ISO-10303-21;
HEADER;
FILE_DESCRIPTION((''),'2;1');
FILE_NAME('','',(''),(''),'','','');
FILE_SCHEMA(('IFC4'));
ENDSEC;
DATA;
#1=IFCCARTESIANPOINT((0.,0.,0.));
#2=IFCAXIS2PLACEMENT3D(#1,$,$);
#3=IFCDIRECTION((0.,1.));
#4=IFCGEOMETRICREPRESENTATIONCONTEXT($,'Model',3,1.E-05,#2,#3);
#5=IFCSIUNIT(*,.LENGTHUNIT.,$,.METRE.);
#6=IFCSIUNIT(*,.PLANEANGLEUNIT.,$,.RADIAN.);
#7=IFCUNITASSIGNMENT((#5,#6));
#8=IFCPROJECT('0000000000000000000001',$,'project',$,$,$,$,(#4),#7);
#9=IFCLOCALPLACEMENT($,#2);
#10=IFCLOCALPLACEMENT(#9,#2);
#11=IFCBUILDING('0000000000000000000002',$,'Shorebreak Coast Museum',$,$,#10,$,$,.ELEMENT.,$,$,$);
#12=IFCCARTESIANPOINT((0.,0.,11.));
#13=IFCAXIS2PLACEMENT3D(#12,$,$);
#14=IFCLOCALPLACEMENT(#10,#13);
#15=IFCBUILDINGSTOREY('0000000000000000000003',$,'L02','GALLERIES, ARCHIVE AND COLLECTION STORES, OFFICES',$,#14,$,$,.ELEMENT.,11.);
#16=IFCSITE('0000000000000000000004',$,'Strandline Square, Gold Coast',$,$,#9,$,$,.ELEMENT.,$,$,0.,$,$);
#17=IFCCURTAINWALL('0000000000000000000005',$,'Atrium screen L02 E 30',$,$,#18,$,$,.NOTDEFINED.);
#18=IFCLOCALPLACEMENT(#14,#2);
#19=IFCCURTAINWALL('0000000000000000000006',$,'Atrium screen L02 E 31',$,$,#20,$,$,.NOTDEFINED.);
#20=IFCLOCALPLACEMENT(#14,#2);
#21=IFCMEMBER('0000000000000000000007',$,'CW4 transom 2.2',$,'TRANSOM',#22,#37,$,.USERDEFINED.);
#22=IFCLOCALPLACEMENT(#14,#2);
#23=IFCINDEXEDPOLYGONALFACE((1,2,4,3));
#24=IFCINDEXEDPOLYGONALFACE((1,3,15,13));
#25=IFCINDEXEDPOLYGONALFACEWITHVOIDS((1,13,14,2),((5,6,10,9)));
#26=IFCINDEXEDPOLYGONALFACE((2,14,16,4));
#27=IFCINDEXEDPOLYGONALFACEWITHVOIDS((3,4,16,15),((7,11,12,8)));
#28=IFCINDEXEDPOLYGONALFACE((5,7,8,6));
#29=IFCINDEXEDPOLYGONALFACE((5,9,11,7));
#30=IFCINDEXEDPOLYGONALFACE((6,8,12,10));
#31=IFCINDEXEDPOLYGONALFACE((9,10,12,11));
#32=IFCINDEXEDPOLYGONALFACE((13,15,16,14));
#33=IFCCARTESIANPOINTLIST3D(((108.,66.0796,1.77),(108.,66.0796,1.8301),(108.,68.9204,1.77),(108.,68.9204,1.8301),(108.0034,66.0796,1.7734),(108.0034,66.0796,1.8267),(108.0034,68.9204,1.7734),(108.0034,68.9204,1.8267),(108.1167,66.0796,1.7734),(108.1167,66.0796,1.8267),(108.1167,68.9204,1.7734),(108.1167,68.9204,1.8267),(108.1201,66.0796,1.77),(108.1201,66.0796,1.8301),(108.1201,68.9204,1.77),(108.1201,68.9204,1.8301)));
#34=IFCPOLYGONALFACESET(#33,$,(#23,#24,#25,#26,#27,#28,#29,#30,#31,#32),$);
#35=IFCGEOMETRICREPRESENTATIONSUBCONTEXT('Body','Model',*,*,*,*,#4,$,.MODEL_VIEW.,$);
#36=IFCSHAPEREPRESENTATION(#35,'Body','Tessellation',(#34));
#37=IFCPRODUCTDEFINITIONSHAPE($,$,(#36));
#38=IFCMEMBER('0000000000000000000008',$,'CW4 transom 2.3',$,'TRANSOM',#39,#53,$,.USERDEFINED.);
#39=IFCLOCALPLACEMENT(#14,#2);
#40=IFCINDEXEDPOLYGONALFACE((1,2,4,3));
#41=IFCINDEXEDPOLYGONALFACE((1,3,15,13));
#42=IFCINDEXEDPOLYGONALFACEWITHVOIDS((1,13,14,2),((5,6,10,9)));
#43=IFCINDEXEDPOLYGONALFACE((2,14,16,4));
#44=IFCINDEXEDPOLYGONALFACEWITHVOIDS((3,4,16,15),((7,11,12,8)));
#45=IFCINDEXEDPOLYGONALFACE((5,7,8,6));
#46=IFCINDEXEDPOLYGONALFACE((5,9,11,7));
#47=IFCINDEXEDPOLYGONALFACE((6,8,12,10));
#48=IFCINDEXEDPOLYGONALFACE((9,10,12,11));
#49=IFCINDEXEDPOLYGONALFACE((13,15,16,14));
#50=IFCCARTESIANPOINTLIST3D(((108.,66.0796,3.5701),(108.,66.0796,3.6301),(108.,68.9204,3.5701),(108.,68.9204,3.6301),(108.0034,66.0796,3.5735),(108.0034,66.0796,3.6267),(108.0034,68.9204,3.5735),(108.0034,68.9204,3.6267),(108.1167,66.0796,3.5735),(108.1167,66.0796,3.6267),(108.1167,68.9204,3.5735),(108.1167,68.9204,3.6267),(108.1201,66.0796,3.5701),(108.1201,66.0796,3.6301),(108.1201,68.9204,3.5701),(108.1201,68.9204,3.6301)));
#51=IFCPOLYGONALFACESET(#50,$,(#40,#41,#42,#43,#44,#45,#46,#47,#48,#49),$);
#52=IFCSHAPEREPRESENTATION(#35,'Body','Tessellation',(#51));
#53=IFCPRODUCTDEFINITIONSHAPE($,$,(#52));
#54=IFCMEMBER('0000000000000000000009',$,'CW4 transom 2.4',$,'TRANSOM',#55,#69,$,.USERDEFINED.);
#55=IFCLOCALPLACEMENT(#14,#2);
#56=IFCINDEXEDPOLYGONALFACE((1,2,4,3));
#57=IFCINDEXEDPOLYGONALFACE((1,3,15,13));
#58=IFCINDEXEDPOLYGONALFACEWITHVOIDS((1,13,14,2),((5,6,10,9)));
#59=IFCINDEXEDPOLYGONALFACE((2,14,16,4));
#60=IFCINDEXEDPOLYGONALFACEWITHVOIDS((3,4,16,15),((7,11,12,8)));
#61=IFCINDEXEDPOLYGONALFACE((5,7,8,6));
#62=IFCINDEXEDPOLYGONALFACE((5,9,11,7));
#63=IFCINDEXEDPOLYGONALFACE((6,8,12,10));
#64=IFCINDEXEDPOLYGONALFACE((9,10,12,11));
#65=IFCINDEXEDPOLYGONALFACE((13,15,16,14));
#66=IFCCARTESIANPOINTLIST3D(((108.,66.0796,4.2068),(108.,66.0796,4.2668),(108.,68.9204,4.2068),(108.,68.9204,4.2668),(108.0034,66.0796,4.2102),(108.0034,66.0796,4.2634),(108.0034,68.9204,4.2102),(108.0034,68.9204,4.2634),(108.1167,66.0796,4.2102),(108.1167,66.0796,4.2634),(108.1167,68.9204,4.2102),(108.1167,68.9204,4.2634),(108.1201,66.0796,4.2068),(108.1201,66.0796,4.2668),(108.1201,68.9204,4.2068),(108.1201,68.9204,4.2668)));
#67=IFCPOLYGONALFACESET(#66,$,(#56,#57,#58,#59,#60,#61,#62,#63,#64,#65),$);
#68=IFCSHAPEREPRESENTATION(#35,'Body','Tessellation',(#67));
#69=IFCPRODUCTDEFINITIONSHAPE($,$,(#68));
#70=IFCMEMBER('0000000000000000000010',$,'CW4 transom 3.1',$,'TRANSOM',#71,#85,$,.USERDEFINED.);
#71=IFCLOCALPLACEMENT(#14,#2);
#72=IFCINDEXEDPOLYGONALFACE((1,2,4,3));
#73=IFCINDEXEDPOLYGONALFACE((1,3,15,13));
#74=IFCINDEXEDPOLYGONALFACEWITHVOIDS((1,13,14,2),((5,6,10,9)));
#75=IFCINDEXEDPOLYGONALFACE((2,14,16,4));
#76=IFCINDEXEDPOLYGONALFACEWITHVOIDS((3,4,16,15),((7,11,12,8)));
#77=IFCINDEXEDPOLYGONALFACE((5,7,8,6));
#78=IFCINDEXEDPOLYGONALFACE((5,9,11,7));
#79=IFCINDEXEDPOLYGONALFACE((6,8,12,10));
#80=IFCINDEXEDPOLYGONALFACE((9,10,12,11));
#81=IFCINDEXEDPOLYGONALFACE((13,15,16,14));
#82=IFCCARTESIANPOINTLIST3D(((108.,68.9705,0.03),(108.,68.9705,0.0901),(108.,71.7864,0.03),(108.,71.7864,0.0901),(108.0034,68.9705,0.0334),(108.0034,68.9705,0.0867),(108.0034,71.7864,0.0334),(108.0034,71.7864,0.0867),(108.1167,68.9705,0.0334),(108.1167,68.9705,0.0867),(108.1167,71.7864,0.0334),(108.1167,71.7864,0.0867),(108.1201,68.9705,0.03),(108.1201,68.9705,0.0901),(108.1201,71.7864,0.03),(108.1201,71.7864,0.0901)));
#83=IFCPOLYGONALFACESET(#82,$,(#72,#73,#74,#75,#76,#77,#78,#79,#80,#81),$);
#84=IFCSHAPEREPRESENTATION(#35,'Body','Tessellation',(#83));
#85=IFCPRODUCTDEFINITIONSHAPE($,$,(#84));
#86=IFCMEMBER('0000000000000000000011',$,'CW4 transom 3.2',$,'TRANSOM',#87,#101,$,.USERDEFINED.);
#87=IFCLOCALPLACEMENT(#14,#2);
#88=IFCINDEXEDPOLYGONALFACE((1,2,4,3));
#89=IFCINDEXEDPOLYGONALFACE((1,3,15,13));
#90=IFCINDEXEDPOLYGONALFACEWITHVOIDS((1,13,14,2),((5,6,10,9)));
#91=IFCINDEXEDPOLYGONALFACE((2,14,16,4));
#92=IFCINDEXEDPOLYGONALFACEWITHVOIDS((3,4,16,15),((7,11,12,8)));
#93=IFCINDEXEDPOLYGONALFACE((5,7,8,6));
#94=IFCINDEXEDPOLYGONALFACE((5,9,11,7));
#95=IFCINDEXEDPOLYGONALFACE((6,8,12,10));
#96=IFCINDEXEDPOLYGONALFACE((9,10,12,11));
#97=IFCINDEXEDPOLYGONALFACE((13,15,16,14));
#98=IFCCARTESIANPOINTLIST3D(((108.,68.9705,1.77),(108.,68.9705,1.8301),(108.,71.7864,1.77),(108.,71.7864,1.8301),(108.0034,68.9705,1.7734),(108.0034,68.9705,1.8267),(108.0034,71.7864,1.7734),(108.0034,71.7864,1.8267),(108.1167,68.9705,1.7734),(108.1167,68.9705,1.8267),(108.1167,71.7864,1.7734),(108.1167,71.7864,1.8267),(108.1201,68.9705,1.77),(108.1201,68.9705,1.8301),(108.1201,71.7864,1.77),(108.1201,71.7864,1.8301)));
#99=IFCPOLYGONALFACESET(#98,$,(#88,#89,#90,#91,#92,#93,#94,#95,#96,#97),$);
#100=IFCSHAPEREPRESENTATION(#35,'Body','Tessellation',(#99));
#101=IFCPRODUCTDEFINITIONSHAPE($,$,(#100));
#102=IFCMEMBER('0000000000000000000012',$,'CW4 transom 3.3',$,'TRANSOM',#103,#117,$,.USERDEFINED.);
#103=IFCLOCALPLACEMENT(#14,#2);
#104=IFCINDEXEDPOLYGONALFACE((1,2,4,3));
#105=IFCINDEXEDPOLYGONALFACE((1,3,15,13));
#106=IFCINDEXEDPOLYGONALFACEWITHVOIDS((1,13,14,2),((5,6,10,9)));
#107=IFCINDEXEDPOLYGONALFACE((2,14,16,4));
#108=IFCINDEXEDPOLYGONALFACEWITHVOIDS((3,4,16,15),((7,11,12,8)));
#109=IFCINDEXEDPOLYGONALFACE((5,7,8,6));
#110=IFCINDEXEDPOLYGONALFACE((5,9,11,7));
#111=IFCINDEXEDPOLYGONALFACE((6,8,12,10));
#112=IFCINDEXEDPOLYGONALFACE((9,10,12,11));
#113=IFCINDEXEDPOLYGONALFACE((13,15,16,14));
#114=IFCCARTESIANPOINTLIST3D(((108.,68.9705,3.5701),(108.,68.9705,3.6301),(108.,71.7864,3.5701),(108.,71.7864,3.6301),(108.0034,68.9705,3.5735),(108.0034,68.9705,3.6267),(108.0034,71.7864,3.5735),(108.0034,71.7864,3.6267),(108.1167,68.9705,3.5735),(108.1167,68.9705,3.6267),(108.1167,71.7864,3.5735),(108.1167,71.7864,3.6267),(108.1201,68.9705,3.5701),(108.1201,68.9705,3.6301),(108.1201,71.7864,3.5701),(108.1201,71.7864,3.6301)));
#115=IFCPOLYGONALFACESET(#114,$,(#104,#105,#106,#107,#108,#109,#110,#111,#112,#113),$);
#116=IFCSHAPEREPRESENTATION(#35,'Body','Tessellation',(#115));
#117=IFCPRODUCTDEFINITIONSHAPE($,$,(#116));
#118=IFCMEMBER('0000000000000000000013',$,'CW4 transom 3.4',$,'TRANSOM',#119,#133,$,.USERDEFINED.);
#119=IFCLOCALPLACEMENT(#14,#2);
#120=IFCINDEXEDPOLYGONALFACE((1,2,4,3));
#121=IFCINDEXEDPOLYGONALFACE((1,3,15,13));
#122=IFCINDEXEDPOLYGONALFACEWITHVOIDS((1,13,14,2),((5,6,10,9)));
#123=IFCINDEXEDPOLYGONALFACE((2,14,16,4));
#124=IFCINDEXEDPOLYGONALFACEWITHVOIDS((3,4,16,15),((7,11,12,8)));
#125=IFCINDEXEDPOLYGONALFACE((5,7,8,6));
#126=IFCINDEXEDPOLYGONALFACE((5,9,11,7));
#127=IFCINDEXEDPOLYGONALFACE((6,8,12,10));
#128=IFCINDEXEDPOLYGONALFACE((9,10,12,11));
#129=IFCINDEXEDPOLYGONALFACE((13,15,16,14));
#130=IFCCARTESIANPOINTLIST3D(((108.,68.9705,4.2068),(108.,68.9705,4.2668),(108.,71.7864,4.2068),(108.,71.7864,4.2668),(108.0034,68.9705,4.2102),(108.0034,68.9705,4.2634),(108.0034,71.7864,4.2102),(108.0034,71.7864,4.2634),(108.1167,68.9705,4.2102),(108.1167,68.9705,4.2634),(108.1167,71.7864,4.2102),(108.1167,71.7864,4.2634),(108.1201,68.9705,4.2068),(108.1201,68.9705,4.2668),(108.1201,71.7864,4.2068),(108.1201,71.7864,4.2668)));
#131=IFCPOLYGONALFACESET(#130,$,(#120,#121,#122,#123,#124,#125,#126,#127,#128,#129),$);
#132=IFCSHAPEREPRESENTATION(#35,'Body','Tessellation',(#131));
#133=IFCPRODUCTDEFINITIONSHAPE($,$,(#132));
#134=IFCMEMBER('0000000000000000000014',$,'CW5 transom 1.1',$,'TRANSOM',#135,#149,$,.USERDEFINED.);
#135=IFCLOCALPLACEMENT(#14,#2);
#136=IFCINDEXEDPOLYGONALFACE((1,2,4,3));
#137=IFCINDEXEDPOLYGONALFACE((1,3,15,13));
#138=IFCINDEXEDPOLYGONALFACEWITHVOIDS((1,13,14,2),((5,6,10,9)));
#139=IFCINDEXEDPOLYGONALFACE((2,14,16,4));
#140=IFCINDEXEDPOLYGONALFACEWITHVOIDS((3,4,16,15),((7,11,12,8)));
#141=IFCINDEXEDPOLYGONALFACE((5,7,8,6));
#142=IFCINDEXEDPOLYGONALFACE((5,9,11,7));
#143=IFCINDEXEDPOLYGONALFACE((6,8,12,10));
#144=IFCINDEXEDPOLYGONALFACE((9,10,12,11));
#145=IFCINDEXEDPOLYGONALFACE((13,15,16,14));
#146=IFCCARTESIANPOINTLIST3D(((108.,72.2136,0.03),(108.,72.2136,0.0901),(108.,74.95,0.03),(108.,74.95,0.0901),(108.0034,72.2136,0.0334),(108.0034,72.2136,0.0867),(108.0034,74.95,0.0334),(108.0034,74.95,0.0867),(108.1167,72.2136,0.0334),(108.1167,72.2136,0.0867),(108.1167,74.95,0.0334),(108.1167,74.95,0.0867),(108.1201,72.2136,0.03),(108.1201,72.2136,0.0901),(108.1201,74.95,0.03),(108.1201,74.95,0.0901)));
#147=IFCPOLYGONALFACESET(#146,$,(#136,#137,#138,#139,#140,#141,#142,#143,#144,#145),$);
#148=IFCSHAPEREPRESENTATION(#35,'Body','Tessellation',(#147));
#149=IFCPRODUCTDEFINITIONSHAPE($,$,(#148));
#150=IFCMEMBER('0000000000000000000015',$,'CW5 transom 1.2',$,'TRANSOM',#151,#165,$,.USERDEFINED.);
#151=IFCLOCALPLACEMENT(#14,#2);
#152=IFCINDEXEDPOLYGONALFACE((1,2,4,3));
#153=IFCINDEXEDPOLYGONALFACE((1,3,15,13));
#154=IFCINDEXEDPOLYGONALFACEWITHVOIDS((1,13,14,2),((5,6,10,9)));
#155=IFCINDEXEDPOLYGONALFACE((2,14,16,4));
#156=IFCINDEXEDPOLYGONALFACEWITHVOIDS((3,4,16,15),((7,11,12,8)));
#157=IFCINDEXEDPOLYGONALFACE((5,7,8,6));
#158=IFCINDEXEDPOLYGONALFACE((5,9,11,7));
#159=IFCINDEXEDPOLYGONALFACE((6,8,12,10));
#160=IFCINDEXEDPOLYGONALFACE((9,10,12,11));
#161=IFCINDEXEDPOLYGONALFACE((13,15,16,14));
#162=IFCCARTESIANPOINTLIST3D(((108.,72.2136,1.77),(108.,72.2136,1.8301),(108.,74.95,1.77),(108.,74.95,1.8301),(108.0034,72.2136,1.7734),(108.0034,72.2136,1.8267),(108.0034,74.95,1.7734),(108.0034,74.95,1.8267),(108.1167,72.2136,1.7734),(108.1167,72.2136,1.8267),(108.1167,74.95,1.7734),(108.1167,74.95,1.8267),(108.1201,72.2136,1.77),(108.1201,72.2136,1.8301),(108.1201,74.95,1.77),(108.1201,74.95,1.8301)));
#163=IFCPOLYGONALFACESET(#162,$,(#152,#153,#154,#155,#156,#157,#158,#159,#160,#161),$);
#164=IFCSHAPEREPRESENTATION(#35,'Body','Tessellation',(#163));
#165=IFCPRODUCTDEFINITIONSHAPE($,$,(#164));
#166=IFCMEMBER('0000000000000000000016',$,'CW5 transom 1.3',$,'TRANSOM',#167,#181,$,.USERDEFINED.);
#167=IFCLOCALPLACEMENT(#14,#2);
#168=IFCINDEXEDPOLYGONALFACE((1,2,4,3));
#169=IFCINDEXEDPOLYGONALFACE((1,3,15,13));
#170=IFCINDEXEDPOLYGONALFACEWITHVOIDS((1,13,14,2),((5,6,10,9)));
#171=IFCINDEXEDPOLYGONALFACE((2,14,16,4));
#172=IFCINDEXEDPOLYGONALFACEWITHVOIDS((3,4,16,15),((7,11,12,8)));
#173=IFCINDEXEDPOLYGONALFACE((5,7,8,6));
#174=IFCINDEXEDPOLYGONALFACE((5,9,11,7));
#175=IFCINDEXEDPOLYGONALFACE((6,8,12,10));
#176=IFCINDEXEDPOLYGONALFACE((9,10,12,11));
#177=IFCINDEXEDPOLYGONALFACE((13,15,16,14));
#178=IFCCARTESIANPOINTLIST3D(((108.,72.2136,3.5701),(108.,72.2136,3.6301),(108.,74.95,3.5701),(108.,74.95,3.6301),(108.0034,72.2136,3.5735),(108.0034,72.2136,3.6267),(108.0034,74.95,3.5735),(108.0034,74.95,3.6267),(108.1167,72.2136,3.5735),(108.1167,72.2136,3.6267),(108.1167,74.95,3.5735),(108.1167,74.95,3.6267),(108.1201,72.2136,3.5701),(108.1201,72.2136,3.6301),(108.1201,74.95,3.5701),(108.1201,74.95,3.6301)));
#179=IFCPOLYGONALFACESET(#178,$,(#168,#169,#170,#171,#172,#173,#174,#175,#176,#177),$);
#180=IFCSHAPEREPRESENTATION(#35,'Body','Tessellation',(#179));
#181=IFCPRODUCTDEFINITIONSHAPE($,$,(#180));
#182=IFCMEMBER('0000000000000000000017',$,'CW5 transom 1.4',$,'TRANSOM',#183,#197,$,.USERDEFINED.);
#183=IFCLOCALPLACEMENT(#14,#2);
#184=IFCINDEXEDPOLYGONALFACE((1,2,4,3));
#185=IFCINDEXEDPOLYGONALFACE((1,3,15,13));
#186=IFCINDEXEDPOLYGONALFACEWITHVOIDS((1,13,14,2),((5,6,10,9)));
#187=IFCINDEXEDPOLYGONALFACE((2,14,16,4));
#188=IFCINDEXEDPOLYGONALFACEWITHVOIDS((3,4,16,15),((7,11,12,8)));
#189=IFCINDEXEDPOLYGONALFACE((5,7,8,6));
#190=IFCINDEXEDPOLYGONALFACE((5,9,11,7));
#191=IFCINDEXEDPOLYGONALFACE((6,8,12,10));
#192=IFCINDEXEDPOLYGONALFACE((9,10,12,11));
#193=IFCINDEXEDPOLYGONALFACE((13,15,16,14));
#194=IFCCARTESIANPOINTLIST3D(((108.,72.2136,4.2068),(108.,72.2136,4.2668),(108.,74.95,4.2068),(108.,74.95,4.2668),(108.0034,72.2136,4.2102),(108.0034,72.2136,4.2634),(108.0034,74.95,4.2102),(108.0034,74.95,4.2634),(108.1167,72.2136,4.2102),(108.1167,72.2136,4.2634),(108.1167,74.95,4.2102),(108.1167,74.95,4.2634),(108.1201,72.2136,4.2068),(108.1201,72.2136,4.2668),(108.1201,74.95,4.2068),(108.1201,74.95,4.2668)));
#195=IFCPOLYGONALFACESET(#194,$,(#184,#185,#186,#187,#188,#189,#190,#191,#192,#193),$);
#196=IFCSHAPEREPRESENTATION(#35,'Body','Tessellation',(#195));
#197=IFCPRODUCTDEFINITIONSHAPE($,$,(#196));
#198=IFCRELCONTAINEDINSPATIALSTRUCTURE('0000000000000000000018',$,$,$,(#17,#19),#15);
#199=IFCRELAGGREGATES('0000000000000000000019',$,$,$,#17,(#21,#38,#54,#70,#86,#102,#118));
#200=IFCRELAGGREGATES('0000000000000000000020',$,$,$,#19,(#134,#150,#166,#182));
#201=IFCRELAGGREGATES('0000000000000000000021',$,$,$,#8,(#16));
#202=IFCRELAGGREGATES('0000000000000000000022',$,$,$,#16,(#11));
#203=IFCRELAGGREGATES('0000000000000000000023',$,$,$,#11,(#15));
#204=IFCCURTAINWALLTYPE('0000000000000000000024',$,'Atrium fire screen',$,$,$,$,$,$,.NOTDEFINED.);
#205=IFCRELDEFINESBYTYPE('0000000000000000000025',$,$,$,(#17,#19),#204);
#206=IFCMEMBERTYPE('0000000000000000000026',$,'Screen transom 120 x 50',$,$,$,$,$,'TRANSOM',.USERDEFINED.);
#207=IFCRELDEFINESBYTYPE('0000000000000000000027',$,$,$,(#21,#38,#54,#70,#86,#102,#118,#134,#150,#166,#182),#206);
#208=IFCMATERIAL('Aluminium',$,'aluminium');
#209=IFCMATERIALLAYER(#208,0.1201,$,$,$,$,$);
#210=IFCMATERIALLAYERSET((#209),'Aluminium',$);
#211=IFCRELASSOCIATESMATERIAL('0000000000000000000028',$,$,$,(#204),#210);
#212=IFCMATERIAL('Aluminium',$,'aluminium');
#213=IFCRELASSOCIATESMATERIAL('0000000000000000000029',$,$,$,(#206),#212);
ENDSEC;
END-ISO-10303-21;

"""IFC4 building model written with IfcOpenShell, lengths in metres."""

from ifc_helpers import new_model, si_unit, direction, frame, origin, origin_2d, place, context, subcontext, project, spatial, hollow_rectangle, extrude, material, layer, layer_set, material_profile, profile_set, type_object, element, aggregate, save


model = new_model("IFC4")

# Units and contexts
model_context = context("Model", 3, precision=1e-05, world=origin(), true_north=direction((0.0, 1.0)))
body_context = subcontext(model_context, "Body", "Model", "MODEL_VIEW")
ifc_project = project(units=[si_unit("LENGTHUNIT", "METRE"), si_unit("PLANEANGLEUNIT", "RADIAN")], contexts=[model_context])

# Site, building, storey
site_placement = place(None, origin())
site = spatial("IfcSite", under=ifc_project, at=site_placement, Name="Strandline Square, Gold Coast", CompositionType="ELEMENT", RefElevation=0.0)
building_placement = place(site_placement, origin())
building = spatial("IfcBuilding", under=site, at=building_placement, Name="Shorebreak Coast Museum", CompositionType="ELEMENT")
storey_placement = place(building_placement, frame((0.0, 0.0, 11.0)))
storey = spatial("IfcBuildingStorey", under=building, at=storey_placement, Name="L02", Description="GALLERIES, ARCHIVE AND COLLECTION STORES, OFFICES", CompositionType="ELEMENT", Elevation=11.0)

# Curtain walls
ifc_material_1 = material(Name="Aluminium", Category="aluminium")
ifc_layer_1 = layer(ifc_material_1, 0.1201)
ifc_layer_set_1 = layer_set([ifc_layer_1], Name="Aluminium")
curtain_wall_type = type_object("IfcCurtainWallType", Name="Atrium fire screen", PredefinedType="NOTDEFINED", material=ifc_layer_set_1)
curtain_wall_1_placement = place(storey_placement, origin())
curtain_wall_1 = element("IfcCurtainWall", 1, at=curtain_wall_1_placement, inside=storey, type_object=curtain_wall_type, Name="Atrium screen L02 E 30", PredefinedType="NOTDEFINED")
curtain_wall_2_placement = place(storey_placement, origin())
curtain_wall_2 = element("IfcCurtainWall", 2, at=curtain_wall_2_placement, inside=storey, type_object=curtain_wall_type, Name="Atrium screen L02 E 31", PredefinedType="NOTDEFINED")

# Members
ifc_material_2 = material(Name="Aluminium", Category="aluminium")
ifc_material_profile_1 = material_profile(ifc_material_2, hollow_rectangle(XDim=0.1201, YDim=0.0601, WallThickness=0.0034, at=origin_2d()), Name="AL 60x120 RHS")
ifc_profile_set_1 = profile_set([ifc_material_profile_1], Name="Aluminium")
member_type_1 = type_object("IfcMemberType", Name="Screen transom 120 x 50", ElementType="TRANSOM", PredefinedType="USERDEFINED", material=ifc_profile_set_1)
member_1_placement = place(storey_placement, frame((108.0601, 66.0796, 1.8), z_axis=(0.0, 1.0, 0.0), x_axis=(-1.0, 0.0, 0.0)))
member_1 = element("IfcMember", 3, at=member_1_placement, type_object=member_type_1, Name="CW4 transom 2.2", ObjectType="TRANSOM", PredefinedType="USERDEFINED", context=body_context, shape_type="SweptSolid", body=[
    extrude(hollow_rectangle(XDim=0.1201, YDim=0.0601, WallThickness=0.0034, at=origin_2d()), origin(), (0.0, 0.0, 1.0), 2.8408),
])
member_2_placement = place(storey_placement, frame((108.0601, 66.0796, 3.6001), z_axis=(0.0, 1.0, 0.0), x_axis=(-1.0, 0.0, 0.0)))
member_2 = element("IfcMember", 4, at=member_2_placement, type_object=member_type_1, Name="CW4 transom 2.3", ObjectType="TRANSOM", PredefinedType="USERDEFINED", context=body_context, shape_type="SweptSolid", body=[
    extrude(hollow_rectangle(XDim=0.1201, YDim=0.0601, WallThickness=0.0034, at=origin_2d()), origin(), (0.0, 0.0, 1.0), 2.8408),
])
member_3_placement = place(storey_placement, frame((108.0601, 66.0796, 4.2368), z_axis=(0.0, 1.0, 0.0), x_axis=(-1.0, 0.0, 0.0)))
member_3 = element("IfcMember", 5, at=member_3_placement, type_object=member_type_1, Name="CW4 transom 2.4", ObjectType="TRANSOM", PredefinedType="USERDEFINED", context=body_context, shape_type="SweptSolid", body=[
    extrude(hollow_rectangle(XDim=0.1201, YDim=0.0601, WallThickness=0.0034, at=origin_2d()), origin(), (0.0, 0.0, 1.0), 2.8408),
])
member_4_placement = place(storey_placement, frame((108.0601, 68.9705, 0.0601), z_axis=(0.0, 1.0, 0.0), x_axis=(-1.0, 0.0, 0.0)))
member_4 = element("IfcMember", 6, at=member_4_placement, type_object=member_type_1, Name="CW4 transom 3.1", ObjectType="TRANSOM", PredefinedType="USERDEFINED", context=body_context, shape_type="SweptSolid", body=[
    extrude(hollow_rectangle(XDim=0.1201, YDim=0.0601, WallThickness=0.0034, at=origin_2d()), origin(), (0.0, 0.0, 1.0), 2.8159),
])
member_5_placement = place(storey_placement, frame((108.0601, 68.9705, 1.8), z_axis=(0.0, 1.0, 0.0), x_axis=(-1.0, 0.0, 0.0)))
member_5 = element("IfcMember", 7, at=member_5_placement, type_object=member_type_1, Name="CW4 transom 3.2", ObjectType="TRANSOM", PredefinedType="USERDEFINED", context=body_context, shape_type="SweptSolid", body=[
    extrude(hollow_rectangle(XDim=0.1201, YDim=0.0601, WallThickness=0.0034, at=origin_2d()), origin(), (0.0, 0.0, 1.0), 2.8159),
])
member_6_placement = place(storey_placement, frame((108.0601, 68.9705, 3.6001), z_axis=(0.0, 1.0, 0.0), x_axis=(-1.0, 0.0, 0.0)))
member_6 = element("IfcMember", 8, at=member_6_placement, type_object=member_type_1, Name="CW4 transom 3.3", ObjectType="TRANSOM", PredefinedType="USERDEFINED", context=body_context, shape_type="SweptSolid", body=[
    extrude(hollow_rectangle(XDim=0.1201, YDim=0.0601, WallThickness=0.0034, at=origin_2d()), origin(), (0.0, 0.0, 1.0), 2.8159),
])
member_7_placement = place(storey_placement, frame((108.0601, 68.9705, 4.2368), z_axis=(0.0, 1.0, 0.0), x_axis=(-1.0, 0.0, 0.0)))
member_7 = element("IfcMember", 9, at=member_7_placement, type_object=member_type_1, Name="CW4 transom 3.4", ObjectType="TRANSOM", PredefinedType="USERDEFINED", context=body_context, shape_type="SweptSolid", body=[
    extrude(hollow_rectangle(XDim=0.1201, YDim=0.0601, WallThickness=0.0034, at=origin_2d()), origin(), (0.0, 0.0, 1.0), 2.8159),
])
member_8_placement = place(storey_placement, frame((108.0601, 72.2136, 0.0601), z_axis=(0.0, 1.0, 0.0), x_axis=(-1.0, 0.0, 0.0)))
member_8 = element("IfcMember", 10, at=member_8_placement, type_object=member_type_1, Name="CW5 transom 1.1", ObjectType="TRANSOM", PredefinedType="USERDEFINED", context=body_context, shape_type="SweptSolid", body=[
    extrude(hollow_rectangle(XDim=0.1201, YDim=0.0601, WallThickness=0.0034, at=origin_2d()), origin(), (0.0, 0.0, 1.0), 2.7363),
])
member_9_placement = place(storey_placement, frame((108.0601, 72.2136, 1.8), z_axis=(0.0, 1.0, 0.0), x_axis=(-1.0, 0.0, 0.0)))
member_9 = element("IfcMember", 11, at=member_9_placement, type_object=member_type_1, Name="CW5 transom 1.2", ObjectType="TRANSOM", PredefinedType="USERDEFINED", context=body_context, shape_type="SweptSolid", body=[
    extrude(hollow_rectangle(XDim=0.1201, YDim=0.0601, WallThickness=0.0034, at=origin_2d()), origin(), (0.0, 0.0, 1.0), 2.7363),
])
member_10_placement = place(storey_placement, frame((108.0601, 72.2136, 3.6001), z_axis=(0.0, 1.0, 0.0), x_axis=(-1.0, 0.0, 0.0)))
member_10 = element("IfcMember", 12, at=member_10_placement, type_object=member_type_1, Name="CW5 transom 1.3", ObjectType="TRANSOM", PredefinedType="USERDEFINED", context=body_context, shape_type="SweptSolid", body=[
    extrude(hollow_rectangle(XDim=0.1201, YDim=0.0601, WallThickness=0.0034, at=origin_2d()), origin(), (0.0, 0.0, 1.0), 2.7363),
])
member_11_placement = place(storey_placement, frame((108.0601, 72.2136, 4.2368), z_axis=(0.0, 1.0, 0.0), x_axis=(-1.0, 0.0, 0.0)))
member_11 = element("IfcMember", 13, at=member_11_placement, type_object=member_type_1, Name="CW5 transom 1.4", ObjectType="TRANSOM", PredefinedType="USERDEFINED", context=body_context, shape_type="SweptSolid", body=[
    extrude(hollow_rectangle(XDim=0.1201, YDim=0.0601, WallThickness=0.0034, at=origin_2d()), origin(), (0.0, 0.0, 1.0), 2.7363),
])

aggregate(curtain_wall_1, [member_1, member_2, member_3, member_4, member_5, member_6, member_7])
aggregate(curtain_wall_2, [member_8, member_9, member_10, member_11])

save(model, "model.ifc")
